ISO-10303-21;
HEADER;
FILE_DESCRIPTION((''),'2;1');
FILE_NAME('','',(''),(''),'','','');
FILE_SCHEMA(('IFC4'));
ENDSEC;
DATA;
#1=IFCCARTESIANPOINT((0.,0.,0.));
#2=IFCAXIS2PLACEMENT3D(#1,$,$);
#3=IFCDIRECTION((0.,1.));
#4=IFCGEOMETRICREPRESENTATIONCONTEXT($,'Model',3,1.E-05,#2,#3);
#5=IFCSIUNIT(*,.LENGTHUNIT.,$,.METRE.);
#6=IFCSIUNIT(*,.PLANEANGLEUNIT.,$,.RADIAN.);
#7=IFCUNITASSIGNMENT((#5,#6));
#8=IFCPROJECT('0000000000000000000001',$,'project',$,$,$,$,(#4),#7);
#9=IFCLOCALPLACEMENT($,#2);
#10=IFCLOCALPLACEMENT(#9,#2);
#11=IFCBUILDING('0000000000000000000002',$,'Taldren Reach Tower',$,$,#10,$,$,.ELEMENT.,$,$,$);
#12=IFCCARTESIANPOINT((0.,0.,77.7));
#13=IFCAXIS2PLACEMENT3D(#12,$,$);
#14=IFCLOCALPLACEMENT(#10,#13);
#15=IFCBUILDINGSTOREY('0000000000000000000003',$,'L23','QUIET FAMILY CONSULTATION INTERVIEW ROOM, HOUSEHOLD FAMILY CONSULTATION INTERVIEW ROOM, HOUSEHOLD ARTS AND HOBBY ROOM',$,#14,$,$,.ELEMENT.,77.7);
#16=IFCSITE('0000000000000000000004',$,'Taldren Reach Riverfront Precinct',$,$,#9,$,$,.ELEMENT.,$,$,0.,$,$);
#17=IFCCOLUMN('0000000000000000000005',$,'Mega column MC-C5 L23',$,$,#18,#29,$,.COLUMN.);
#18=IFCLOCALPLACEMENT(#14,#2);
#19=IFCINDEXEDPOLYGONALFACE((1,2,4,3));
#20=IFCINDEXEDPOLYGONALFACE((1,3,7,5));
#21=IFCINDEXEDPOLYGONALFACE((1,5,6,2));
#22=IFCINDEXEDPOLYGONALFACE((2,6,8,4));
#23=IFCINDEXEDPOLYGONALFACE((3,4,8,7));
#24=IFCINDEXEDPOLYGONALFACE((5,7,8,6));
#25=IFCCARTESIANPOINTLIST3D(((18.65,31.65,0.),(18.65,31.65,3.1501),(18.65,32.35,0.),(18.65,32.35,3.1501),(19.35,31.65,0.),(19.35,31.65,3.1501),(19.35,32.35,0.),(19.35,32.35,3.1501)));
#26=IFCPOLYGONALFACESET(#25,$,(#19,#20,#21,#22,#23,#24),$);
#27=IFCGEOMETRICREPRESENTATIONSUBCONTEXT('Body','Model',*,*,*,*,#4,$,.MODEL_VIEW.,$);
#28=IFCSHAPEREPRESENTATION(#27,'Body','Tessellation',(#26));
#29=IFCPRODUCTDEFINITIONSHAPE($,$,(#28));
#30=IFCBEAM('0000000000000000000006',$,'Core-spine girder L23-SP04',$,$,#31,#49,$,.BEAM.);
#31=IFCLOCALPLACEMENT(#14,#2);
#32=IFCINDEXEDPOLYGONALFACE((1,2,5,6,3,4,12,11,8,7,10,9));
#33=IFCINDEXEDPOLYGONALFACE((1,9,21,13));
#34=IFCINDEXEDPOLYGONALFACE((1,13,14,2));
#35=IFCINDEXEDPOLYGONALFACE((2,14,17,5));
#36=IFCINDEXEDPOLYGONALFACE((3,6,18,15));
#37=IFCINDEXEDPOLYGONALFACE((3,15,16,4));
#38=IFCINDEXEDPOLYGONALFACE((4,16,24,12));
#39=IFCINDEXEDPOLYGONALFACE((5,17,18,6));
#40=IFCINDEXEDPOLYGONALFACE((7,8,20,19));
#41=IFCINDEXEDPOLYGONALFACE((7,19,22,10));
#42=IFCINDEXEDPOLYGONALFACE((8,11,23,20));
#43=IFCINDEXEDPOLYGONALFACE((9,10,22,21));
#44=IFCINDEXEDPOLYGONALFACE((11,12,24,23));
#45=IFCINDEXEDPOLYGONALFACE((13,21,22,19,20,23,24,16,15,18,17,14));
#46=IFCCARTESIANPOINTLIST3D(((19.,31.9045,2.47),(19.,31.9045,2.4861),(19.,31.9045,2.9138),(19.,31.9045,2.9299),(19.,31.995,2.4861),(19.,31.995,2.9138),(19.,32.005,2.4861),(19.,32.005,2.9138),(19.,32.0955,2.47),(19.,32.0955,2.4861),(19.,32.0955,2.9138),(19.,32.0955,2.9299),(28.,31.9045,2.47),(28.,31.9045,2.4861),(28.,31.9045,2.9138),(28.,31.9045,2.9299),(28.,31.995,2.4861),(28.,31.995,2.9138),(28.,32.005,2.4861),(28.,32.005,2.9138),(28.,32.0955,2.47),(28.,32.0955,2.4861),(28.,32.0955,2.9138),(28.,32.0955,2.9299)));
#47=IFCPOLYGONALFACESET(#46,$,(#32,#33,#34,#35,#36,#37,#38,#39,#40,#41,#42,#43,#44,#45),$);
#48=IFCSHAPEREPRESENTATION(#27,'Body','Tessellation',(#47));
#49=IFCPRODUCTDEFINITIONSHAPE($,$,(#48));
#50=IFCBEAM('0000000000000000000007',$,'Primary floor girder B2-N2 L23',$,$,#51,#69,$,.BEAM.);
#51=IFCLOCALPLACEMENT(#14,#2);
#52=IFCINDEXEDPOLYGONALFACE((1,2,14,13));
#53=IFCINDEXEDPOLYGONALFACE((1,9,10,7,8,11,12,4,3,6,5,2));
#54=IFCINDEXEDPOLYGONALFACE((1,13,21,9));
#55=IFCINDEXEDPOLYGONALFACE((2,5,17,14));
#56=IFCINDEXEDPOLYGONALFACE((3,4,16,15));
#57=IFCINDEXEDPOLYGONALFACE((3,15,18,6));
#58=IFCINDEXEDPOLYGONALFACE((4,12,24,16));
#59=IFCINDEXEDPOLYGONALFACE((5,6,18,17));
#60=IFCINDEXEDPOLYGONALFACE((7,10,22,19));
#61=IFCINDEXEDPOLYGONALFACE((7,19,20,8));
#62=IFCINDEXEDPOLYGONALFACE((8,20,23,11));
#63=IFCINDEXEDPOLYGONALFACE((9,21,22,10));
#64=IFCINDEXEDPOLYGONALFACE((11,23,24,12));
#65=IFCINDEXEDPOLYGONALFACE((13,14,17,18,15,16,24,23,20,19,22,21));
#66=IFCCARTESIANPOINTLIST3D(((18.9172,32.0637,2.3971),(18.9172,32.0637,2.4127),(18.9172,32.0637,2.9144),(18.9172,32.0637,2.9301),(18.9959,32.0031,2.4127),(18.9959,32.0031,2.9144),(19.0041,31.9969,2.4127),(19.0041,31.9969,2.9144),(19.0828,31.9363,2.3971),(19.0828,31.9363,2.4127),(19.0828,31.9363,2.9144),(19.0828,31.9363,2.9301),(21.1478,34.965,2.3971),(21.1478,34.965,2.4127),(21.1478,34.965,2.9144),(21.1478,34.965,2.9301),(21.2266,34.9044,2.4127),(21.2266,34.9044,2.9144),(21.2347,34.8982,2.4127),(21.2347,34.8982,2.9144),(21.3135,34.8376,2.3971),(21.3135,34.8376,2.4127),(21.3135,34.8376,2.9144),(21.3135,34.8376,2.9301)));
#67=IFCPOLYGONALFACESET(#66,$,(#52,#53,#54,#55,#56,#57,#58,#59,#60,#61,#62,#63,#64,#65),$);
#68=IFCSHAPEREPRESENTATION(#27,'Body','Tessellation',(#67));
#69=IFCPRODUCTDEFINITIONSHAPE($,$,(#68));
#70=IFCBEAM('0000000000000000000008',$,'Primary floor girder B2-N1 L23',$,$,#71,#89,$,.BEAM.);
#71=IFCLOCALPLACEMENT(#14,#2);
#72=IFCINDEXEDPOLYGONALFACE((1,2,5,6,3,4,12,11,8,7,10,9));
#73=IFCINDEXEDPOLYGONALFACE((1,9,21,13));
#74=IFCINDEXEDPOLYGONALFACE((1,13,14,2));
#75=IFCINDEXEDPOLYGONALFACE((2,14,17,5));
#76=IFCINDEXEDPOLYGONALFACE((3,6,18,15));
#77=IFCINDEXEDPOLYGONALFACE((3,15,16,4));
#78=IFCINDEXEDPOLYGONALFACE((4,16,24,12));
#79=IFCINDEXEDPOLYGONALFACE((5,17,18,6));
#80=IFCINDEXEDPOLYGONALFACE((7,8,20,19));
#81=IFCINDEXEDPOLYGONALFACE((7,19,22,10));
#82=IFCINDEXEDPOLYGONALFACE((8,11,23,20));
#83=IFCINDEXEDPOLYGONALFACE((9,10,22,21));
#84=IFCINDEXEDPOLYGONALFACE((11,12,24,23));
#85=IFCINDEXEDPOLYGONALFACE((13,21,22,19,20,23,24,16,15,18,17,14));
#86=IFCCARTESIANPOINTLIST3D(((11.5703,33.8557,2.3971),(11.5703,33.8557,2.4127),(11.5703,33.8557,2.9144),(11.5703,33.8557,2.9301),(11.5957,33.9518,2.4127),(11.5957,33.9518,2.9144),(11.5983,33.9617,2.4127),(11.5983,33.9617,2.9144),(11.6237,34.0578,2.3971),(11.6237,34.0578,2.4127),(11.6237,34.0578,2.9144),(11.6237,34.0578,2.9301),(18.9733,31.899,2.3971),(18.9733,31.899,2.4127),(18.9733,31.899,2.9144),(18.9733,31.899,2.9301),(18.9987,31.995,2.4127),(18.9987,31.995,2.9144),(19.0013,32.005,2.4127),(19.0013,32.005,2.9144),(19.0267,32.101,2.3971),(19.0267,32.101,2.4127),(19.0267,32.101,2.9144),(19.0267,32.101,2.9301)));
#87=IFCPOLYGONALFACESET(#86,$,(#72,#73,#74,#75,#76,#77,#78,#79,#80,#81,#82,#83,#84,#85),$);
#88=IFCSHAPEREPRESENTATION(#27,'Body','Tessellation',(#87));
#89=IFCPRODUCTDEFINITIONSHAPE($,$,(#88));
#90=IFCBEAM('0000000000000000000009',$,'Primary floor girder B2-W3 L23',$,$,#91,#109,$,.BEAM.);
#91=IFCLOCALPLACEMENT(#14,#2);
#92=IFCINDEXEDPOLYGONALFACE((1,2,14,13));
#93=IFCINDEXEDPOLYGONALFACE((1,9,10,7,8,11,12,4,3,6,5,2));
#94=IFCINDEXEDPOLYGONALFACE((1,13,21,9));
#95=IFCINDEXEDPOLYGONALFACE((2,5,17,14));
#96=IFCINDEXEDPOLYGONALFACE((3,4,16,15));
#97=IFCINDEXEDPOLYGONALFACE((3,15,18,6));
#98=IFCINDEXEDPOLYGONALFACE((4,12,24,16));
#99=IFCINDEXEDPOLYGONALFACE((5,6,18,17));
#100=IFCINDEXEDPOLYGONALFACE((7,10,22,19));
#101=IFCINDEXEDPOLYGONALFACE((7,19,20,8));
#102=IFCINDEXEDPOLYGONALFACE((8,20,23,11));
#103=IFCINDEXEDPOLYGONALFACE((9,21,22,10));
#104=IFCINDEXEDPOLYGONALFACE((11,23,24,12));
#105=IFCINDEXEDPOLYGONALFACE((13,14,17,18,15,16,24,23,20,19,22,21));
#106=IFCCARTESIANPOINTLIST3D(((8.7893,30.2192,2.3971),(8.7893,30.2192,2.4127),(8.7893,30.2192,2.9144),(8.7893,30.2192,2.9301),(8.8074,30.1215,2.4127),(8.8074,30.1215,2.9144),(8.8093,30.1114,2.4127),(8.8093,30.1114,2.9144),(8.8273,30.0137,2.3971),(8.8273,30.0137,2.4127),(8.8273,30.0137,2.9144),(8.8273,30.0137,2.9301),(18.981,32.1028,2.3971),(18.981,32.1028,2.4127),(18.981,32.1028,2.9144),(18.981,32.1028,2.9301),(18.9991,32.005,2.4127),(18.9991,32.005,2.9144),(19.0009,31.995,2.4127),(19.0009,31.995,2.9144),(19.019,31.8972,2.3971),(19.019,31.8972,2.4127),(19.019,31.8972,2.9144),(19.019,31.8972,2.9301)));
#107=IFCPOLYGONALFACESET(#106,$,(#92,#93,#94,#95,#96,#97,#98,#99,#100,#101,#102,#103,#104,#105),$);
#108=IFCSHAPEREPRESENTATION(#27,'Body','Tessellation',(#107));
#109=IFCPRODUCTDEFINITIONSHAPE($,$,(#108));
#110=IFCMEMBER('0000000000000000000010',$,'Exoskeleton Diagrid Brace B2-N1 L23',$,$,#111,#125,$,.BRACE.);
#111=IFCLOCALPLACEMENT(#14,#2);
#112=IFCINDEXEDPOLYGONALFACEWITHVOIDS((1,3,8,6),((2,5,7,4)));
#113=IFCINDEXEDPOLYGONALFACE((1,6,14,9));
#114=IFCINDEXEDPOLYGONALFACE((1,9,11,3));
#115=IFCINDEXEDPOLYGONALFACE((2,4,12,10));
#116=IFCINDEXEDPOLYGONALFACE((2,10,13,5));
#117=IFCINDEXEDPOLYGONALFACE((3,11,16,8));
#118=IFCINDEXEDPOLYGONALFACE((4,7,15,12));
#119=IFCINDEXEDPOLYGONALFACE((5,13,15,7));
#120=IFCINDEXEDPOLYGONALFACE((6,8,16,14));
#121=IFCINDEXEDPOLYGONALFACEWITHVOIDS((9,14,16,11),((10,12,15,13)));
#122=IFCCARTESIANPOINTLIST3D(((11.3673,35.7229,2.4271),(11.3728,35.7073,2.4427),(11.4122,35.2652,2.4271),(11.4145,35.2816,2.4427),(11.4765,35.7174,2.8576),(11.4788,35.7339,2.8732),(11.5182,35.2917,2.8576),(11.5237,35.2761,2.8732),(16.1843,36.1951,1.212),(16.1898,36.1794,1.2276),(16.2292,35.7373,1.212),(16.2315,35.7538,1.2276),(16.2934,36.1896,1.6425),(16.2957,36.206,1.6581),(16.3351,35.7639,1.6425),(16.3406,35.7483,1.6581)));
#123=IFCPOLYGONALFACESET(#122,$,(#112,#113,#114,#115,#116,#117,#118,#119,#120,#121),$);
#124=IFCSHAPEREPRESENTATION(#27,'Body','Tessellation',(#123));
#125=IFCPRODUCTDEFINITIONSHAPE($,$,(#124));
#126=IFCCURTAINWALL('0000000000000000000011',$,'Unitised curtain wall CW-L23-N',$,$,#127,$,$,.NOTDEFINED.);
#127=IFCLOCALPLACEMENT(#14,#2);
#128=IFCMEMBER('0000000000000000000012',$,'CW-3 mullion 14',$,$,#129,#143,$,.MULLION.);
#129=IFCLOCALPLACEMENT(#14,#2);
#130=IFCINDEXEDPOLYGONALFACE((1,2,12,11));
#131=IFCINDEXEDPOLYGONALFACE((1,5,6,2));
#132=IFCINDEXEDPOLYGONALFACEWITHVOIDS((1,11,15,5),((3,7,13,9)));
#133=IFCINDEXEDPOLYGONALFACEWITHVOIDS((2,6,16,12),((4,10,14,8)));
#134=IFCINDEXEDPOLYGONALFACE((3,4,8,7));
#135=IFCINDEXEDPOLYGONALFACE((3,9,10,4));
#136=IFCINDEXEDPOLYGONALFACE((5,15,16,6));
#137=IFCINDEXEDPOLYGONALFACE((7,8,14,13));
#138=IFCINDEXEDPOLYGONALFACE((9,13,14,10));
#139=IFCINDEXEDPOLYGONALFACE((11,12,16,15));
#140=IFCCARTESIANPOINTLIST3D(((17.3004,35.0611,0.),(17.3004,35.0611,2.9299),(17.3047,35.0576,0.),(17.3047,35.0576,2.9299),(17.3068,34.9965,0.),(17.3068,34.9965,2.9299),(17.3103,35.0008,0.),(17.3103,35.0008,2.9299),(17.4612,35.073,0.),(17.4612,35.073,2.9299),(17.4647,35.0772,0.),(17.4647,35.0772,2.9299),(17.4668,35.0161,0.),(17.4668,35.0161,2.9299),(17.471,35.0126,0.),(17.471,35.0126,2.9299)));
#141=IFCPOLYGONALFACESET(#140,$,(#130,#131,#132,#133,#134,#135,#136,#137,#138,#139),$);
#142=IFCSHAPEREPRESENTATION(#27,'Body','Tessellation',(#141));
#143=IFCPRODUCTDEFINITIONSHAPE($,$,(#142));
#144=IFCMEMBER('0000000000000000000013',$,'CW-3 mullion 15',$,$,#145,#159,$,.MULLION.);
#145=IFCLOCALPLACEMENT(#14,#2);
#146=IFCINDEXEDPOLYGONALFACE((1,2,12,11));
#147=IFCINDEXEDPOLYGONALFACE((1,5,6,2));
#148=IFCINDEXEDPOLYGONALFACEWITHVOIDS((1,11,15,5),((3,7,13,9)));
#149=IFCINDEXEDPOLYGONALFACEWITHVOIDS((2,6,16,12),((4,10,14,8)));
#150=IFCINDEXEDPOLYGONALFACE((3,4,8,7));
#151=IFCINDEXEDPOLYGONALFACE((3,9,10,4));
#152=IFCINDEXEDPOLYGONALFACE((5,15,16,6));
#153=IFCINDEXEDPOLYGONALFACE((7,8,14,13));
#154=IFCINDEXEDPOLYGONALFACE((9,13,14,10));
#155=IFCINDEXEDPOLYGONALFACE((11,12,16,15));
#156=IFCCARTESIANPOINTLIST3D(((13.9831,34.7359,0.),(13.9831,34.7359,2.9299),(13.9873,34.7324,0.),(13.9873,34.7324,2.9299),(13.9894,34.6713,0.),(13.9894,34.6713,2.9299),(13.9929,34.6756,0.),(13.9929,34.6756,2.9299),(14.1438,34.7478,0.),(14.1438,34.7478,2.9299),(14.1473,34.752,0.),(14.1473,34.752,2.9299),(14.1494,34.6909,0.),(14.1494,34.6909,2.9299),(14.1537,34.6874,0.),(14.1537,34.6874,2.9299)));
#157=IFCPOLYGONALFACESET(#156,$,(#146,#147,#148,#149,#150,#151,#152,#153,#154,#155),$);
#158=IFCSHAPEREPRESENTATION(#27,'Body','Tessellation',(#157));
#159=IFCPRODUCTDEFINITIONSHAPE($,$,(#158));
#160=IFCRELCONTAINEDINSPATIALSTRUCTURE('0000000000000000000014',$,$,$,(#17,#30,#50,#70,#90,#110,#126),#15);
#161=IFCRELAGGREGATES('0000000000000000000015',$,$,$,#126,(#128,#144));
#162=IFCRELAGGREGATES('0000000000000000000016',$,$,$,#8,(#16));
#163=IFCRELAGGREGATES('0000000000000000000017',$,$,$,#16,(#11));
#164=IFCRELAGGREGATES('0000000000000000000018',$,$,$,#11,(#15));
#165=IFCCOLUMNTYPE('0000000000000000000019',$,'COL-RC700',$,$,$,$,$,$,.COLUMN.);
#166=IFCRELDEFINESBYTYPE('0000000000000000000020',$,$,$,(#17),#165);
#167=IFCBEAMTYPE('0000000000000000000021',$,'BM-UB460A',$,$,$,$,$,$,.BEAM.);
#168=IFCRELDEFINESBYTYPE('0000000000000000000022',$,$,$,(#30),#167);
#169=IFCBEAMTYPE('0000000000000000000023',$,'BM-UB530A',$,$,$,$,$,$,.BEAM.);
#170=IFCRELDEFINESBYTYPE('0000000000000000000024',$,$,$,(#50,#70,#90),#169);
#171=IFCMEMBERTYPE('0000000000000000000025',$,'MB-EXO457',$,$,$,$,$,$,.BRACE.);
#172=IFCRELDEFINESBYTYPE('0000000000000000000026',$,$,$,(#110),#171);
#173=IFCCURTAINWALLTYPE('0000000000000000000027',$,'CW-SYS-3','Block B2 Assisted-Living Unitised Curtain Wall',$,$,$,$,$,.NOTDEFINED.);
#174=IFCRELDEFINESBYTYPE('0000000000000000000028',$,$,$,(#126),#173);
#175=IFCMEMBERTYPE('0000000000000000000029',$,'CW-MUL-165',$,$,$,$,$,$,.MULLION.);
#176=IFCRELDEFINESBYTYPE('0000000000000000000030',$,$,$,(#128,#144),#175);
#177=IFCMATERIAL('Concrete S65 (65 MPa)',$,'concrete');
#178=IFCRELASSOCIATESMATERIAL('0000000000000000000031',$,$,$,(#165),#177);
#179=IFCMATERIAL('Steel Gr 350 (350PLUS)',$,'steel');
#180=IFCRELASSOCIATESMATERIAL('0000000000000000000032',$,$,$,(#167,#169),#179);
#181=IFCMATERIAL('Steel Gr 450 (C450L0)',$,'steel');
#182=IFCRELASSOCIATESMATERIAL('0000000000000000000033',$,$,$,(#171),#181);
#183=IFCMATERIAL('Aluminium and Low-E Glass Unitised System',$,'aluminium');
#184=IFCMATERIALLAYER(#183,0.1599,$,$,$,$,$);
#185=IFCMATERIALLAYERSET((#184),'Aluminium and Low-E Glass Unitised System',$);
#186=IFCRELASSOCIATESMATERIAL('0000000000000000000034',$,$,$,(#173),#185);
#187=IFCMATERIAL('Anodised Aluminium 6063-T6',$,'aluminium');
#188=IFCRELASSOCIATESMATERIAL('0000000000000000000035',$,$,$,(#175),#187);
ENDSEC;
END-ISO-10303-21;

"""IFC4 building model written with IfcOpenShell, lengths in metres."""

from ifc_helpers import new_model, si_unit, direction, frame, origin, origin_2d, place, context, subcontext, project, spatial, rectangle, hollow_rectangle, i_section, extrude, source, transform, mapped, material, layer, layer_set, material_profile, profile_set, type_object, element, aggregate, save


model = new_model("IFC4")

# Units and contexts
model_context = context("Model", 3, precision=1e-05, world=origin(), true_north=direction((0.0, 1.0)))
body_context = subcontext(model_context, "Body", "Model", "MODEL_VIEW")
ifc_project = project(units=[si_unit("LENGTHUNIT", "METRE"), si_unit("PLANEANGLEUNIT", "RADIAN")], contexts=[model_context])

# Site, building, storey
site_placement = place(None, origin())
site = spatial("IfcSite", under=ifc_project, at=site_placement, Name="Taldren Reach Riverfront Precinct", CompositionType="ELEMENT", RefElevation=0.0)
building_placement = place(site_placement, origin())
building = spatial("IfcBuilding", under=site, at=building_placement, Name="Taldren Reach Tower", CompositionType="ELEMENT")
storey_placement = place(building_placement, frame((0.0, 0.0, 77.7)))
storey = spatial("IfcBuildingStorey", under=building, at=storey_placement, Name="L23", Description="QUIET FAMILY CONSULTATION INTERVIEW ROOM, HOUSEHOLD FAMILY CONSULTATION INTERVIEW ROOM, HOUSEHOLD ARTS AND HOBBY ROOM", CompositionType="ELEMENT", Elevation=77.7)

# Column
ifc_material_1 = material(Name="Concrete S65 (65 MPa)", Category="concrete")
ifc_material_profile_1 = material_profile(ifc_material_1, rectangle(XDim=0.7, YDim=0.7, at=origin_2d()), Name="RC-700x700")
ifc_profile_set_1 = profile_set([ifc_material_profile_1], Name="Concrete S65 (65 MPa)")
column_type = type_object("IfcColumnType", Name="COL-RC700", PredefinedType="COLUMN", material=ifc_profile_set_1)
shared_shape_1 = source(origin(), body_context, "Body", "SweptSolid", [
    extrude(rectangle(XDim=0.7, YDim=0.7, at=origin_2d()), origin(), (0.0, 0.0, 1.0), 3.1501),
])
column_placement = place(storey_placement, frame((19.0, 32.0, 0.0), z_axis=(0.0, 0.0, 1.0), x_axis=(1.0, 0.0, 0.0)))
element("IfcColumn", 1, at=column_placement, inside=storey, type_object=column_type, Name="Mega column MC-C5 L23", PredefinedType="COLUMN", context=body_context, shape_type="MappedRepresentation", body=[
    mapped(shared_shape_1, transform((0.0, 0.0, 0.0), scale=1.0)),
])

# Beams
ifc_material_2 = material(Name="Steel Gr 350 (350PLUS)", Category="steel")
ifc_material_profile_2 = material_profile(ifc_material_2, i_section(OverallWidth=0.1909, OverallDepth=0.46, WebThickness=0.01, FlangeThickness=0.0161, at=origin_2d()), Name="460UB82.1")
ifc_profile_set_2 = profile_set([ifc_material_profile_2], Name="Steel Gr 350 (350PLUS)")
beam_type_1 = type_object("IfcBeamType", Name="BM-UB460A", PredefinedType="BEAM", material=ifc_profile_set_2)
shared_shape_2 = source(origin(), body_context, "Body", "SweptSolid", [
    extrude(i_section(OverallWidth=0.1909, OverallDepth=0.46, WebThickness=0.01, FlangeThickness=0.0161, at=origin_2d()), origin(), (0.0, 0.0, 1.0), 9.0),
])
beam_1_placement = place(storey_placement, frame((19.0, 32.0, 2.7), z_axis=(1.0, 0.0, 0.0), x_axis=(0.0, 1.0, 0.0)))
element("IfcBeam", 2, at=beam_1_placement, inside=storey, type_object=beam_type_1, Name="Core-spine girder L23-SP04", PredefinedType="BEAM", context=body_context, shape_type="MappedRepresentation", body=[
    mapped(shared_shape_2, transform((0.0, 0.0, 0.0), scale=1.0)),
])
ifc_material_profile_3 = material_profile(ifc_material_2, i_section(OverallWidth=0.209, OverallDepth=0.533, WebThickness=0.0103, FlangeThickness=0.0156, at=origin_2d()), Name="530UB92.4")
ifc_profile_set_3 = profile_set([ifc_material_profile_3], Name="Steel Gr 350 (350PLUS)")
beam_type_2 = type_object("IfcBeamType", Name="BM-UB530A", PredefinedType="BEAM", material=ifc_profile_set_3)
shared_shape_3 = source(origin(), body_context, "Body", "SweptSolid", [
    extrude(i_section(OverallWidth=0.209, OverallDepth=0.533, WebThickness=0.0103, FlangeThickness=0.0156, at=origin_2d()), origin(), (0.0, 0.0, 1.0), 3.6597),
])
beam_2_placement = place(storey_placement, frame((19.0, 32.0, 2.6636), z_axis=(0.609521, 0.79277, 0.0), x_axis=(-0.79277, 0.609521, 0.0)))
element("IfcBeam", 3, at=beam_2_placement, inside=storey, type_object=beam_type_2, Name="Primary floor girder B2-N2 L23", PredefinedType="BEAM", context=body_context, shape_type="MappedRepresentation", body=[
    mapped(shared_shape_3, transform((0.0, 0.0, 0.0), scale=1.0)),
])
shared_shape_4 = source(origin(), body_context, "Body", "SweptSolid", [
    extrude(i_section(OverallWidth=0.209, OverallDepth=0.533, WebThickness=0.0103, FlangeThickness=0.0156, at=origin_2d()), origin(), (0.0, 0.0, 1.0), 7.6572),
])
beam_3_placement = place(storey_placement, frame((19.0, 32.0, 2.6636), z_axis=(-0.966797, 0.255545, 0.0), x_axis=(-0.255545, -0.966797, 0.0)))
element("IfcBeam", 4, at=beam_3_placement, inside=storey, type_object=beam_type_2, Name="Primary floor girder B2-N1 L23", PredefinedType="BEAM", context=body_context, shape_type="MappedRepresentation", body=[
    mapped(shared_shape_4, transform((0.0, 0.0, 0.0), scale=1.0)),
])
shared_shape_5 = source(origin(), body_context, "Body", "SweptSolid", [
    extrude(i_section(OverallWidth=0.209, OverallDepth=0.533, WebThickness=0.0103, FlangeThickness=0.0156, at=origin_2d()), origin(), (0.0, 0.0, 1.0), 10.3643),
])
beam_4_placement = place(storey_placement, frame((19.0, 32.0, 2.6636), z_axis=(-0.983348, -0.181735, 0.0), x_axis=(0.181735, -0.983348, 0.0)))
element("IfcBeam", 5, at=beam_4_placement, inside=storey, type_object=beam_type_2, Name="Primary floor girder B2-W3 L23", PredefinedType="BEAM", context=body_context, shape_type="MappedRepresentation", body=[
    mapped(shared_shape_5, transform((0.0, 0.0, 0.0), scale=1.0)),
])

# Member
ifc_material_3 = material(Name="Steel Gr 450 (C450L0)", Category="steel")
ifc_material_profile_4 = material_profile(ifc_material_3, hollow_rectangle(XDim=0.46, YDim=0.46, WallThickness=0.0161, at=origin_2d()), Name="460x460x16.0SHS")
ifc_profile_set_4 = profile_set([ifc_material_profile_4], Name="Steel Gr 450 (C450L0)")
member_type_1 = type_object("IfcMemberType", Name="MB-EXO457", PredefinedType="BRACE", material=ifc_profile_set_4)
shared_shape_6 = source(origin(), body_context, "Body", "SweptSolid", [
    extrude(hollow_rectangle(XDim=0.46, YDim=0.46, WallThickness=0.0161, at=origin_2d()), origin(), (0.0, 0.0, 1.0), 4.9902),
])
member_1_placement = place(storey_placement, frame((16.2625, 35.9717, 1.4351), z_axis=(-0.965276, -0.09462, 0.243496), x_axis=(0.097556, -0.99523, 0.0)))
element("IfcMember", 6, at=member_1_placement, inside=storey, type_object=member_type_1, Name="Exoskeleton Diagrid Brace B2-N1 L23", PredefinedType="BRACE", context=body_context, shape_type="MappedRepresentation", body=[
    mapped(shared_shape_6, transform((0.0, 0.0, 0.0), scale=1.0)),
])

# Curtain wall, members
ifc_material_4 = material(Name="Aluminium and Low-E Glass Unitised System", Category="aluminium")
ifc_layer_1 = layer(ifc_material_4, 0.1599)
ifc_layer_set_1 = layer_set([ifc_layer_1], Name="Aluminium and Low-E Glass Unitised System")
curtain_wall_type = type_object("IfcCurtainWallType", Name="CW-SYS-3", Description="Block B2 Assisted-Living Unitised Curtain Wall", PredefinedType="NOTDEFINED", material=ifc_layer_set_1)
curtain_wall_placement = place(storey_placement, origin())
curtain_wall = element("IfcCurtainWall", 7, at=curtain_wall_placement, inside=storey, type_object=curtain_wall_type, Name="Unitised curtain wall CW-L23-N", PredefinedType="NOTDEFINED")
ifc_material_5 = material(Name="Anodised Aluminium 6063-T6", Category="aluminium")
ifc_material_profile_5 = material_profile(ifc_material_5, hollow_rectangle(XDim=0.0649, YDim=0.165, WallThickness=0.0039, at=origin_2d()), Name="ALU-165x65x4RHS")
ifc_profile_set_5 = profile_set([ifc_material_profile_5], Name="Anodised Aluminium 6063-T6")
member_type_2 = type_object("IfcMemberType", Name="CW-MUL-165", PredefinedType="MULLION", material=ifc_profile_set_5)
shared_shape_7 = source(origin(), body_context, "Body", "SweptSolid", [
    extrude(hollow_rectangle(XDim=0.0649, YDim=0.165, WallThickness=0.0039, at=origin_2d()), origin(), (0.0, 0.0, 1.0), 2.9299),
])
member_2_placement = place(storey_placement, frame((17.3857, 35.0369, 0.0), z_axis=(0.0, 0.0, 1.0), x_axis=(0.097583, -0.995227, 0.0)))
member_2 = element("IfcMember", 8, at=member_2_placement, type_object=member_type_2, Name="CW-3 mullion 14", PredefinedType="MULLION", context=body_context, shape_type="MappedRepresentation", body=[
    mapped(shared_shape_7, transform((0.0, 0.0, 0.0), scale=1.0)),
])
member_3_placement = place(storey_placement, frame((14.0684, 34.7117, 0.0), z_axis=(0.0, 0.0, 1.0), x_axis=(0.097583, -0.995227, 0.0)))
member_3 = element("IfcMember", 9, at=member_3_placement, type_object=member_type_2, Name="CW-3 mullion 15", PredefinedType="MULLION", context=body_context, shape_type="MappedRepresentation", body=[
    mapped(shared_shape_7, transform((0.0, 0.0, 0.0), scale=1.0)),
])

aggregate(curtain_wall, [member_2, member_3])

save(model, "model.ifc")
